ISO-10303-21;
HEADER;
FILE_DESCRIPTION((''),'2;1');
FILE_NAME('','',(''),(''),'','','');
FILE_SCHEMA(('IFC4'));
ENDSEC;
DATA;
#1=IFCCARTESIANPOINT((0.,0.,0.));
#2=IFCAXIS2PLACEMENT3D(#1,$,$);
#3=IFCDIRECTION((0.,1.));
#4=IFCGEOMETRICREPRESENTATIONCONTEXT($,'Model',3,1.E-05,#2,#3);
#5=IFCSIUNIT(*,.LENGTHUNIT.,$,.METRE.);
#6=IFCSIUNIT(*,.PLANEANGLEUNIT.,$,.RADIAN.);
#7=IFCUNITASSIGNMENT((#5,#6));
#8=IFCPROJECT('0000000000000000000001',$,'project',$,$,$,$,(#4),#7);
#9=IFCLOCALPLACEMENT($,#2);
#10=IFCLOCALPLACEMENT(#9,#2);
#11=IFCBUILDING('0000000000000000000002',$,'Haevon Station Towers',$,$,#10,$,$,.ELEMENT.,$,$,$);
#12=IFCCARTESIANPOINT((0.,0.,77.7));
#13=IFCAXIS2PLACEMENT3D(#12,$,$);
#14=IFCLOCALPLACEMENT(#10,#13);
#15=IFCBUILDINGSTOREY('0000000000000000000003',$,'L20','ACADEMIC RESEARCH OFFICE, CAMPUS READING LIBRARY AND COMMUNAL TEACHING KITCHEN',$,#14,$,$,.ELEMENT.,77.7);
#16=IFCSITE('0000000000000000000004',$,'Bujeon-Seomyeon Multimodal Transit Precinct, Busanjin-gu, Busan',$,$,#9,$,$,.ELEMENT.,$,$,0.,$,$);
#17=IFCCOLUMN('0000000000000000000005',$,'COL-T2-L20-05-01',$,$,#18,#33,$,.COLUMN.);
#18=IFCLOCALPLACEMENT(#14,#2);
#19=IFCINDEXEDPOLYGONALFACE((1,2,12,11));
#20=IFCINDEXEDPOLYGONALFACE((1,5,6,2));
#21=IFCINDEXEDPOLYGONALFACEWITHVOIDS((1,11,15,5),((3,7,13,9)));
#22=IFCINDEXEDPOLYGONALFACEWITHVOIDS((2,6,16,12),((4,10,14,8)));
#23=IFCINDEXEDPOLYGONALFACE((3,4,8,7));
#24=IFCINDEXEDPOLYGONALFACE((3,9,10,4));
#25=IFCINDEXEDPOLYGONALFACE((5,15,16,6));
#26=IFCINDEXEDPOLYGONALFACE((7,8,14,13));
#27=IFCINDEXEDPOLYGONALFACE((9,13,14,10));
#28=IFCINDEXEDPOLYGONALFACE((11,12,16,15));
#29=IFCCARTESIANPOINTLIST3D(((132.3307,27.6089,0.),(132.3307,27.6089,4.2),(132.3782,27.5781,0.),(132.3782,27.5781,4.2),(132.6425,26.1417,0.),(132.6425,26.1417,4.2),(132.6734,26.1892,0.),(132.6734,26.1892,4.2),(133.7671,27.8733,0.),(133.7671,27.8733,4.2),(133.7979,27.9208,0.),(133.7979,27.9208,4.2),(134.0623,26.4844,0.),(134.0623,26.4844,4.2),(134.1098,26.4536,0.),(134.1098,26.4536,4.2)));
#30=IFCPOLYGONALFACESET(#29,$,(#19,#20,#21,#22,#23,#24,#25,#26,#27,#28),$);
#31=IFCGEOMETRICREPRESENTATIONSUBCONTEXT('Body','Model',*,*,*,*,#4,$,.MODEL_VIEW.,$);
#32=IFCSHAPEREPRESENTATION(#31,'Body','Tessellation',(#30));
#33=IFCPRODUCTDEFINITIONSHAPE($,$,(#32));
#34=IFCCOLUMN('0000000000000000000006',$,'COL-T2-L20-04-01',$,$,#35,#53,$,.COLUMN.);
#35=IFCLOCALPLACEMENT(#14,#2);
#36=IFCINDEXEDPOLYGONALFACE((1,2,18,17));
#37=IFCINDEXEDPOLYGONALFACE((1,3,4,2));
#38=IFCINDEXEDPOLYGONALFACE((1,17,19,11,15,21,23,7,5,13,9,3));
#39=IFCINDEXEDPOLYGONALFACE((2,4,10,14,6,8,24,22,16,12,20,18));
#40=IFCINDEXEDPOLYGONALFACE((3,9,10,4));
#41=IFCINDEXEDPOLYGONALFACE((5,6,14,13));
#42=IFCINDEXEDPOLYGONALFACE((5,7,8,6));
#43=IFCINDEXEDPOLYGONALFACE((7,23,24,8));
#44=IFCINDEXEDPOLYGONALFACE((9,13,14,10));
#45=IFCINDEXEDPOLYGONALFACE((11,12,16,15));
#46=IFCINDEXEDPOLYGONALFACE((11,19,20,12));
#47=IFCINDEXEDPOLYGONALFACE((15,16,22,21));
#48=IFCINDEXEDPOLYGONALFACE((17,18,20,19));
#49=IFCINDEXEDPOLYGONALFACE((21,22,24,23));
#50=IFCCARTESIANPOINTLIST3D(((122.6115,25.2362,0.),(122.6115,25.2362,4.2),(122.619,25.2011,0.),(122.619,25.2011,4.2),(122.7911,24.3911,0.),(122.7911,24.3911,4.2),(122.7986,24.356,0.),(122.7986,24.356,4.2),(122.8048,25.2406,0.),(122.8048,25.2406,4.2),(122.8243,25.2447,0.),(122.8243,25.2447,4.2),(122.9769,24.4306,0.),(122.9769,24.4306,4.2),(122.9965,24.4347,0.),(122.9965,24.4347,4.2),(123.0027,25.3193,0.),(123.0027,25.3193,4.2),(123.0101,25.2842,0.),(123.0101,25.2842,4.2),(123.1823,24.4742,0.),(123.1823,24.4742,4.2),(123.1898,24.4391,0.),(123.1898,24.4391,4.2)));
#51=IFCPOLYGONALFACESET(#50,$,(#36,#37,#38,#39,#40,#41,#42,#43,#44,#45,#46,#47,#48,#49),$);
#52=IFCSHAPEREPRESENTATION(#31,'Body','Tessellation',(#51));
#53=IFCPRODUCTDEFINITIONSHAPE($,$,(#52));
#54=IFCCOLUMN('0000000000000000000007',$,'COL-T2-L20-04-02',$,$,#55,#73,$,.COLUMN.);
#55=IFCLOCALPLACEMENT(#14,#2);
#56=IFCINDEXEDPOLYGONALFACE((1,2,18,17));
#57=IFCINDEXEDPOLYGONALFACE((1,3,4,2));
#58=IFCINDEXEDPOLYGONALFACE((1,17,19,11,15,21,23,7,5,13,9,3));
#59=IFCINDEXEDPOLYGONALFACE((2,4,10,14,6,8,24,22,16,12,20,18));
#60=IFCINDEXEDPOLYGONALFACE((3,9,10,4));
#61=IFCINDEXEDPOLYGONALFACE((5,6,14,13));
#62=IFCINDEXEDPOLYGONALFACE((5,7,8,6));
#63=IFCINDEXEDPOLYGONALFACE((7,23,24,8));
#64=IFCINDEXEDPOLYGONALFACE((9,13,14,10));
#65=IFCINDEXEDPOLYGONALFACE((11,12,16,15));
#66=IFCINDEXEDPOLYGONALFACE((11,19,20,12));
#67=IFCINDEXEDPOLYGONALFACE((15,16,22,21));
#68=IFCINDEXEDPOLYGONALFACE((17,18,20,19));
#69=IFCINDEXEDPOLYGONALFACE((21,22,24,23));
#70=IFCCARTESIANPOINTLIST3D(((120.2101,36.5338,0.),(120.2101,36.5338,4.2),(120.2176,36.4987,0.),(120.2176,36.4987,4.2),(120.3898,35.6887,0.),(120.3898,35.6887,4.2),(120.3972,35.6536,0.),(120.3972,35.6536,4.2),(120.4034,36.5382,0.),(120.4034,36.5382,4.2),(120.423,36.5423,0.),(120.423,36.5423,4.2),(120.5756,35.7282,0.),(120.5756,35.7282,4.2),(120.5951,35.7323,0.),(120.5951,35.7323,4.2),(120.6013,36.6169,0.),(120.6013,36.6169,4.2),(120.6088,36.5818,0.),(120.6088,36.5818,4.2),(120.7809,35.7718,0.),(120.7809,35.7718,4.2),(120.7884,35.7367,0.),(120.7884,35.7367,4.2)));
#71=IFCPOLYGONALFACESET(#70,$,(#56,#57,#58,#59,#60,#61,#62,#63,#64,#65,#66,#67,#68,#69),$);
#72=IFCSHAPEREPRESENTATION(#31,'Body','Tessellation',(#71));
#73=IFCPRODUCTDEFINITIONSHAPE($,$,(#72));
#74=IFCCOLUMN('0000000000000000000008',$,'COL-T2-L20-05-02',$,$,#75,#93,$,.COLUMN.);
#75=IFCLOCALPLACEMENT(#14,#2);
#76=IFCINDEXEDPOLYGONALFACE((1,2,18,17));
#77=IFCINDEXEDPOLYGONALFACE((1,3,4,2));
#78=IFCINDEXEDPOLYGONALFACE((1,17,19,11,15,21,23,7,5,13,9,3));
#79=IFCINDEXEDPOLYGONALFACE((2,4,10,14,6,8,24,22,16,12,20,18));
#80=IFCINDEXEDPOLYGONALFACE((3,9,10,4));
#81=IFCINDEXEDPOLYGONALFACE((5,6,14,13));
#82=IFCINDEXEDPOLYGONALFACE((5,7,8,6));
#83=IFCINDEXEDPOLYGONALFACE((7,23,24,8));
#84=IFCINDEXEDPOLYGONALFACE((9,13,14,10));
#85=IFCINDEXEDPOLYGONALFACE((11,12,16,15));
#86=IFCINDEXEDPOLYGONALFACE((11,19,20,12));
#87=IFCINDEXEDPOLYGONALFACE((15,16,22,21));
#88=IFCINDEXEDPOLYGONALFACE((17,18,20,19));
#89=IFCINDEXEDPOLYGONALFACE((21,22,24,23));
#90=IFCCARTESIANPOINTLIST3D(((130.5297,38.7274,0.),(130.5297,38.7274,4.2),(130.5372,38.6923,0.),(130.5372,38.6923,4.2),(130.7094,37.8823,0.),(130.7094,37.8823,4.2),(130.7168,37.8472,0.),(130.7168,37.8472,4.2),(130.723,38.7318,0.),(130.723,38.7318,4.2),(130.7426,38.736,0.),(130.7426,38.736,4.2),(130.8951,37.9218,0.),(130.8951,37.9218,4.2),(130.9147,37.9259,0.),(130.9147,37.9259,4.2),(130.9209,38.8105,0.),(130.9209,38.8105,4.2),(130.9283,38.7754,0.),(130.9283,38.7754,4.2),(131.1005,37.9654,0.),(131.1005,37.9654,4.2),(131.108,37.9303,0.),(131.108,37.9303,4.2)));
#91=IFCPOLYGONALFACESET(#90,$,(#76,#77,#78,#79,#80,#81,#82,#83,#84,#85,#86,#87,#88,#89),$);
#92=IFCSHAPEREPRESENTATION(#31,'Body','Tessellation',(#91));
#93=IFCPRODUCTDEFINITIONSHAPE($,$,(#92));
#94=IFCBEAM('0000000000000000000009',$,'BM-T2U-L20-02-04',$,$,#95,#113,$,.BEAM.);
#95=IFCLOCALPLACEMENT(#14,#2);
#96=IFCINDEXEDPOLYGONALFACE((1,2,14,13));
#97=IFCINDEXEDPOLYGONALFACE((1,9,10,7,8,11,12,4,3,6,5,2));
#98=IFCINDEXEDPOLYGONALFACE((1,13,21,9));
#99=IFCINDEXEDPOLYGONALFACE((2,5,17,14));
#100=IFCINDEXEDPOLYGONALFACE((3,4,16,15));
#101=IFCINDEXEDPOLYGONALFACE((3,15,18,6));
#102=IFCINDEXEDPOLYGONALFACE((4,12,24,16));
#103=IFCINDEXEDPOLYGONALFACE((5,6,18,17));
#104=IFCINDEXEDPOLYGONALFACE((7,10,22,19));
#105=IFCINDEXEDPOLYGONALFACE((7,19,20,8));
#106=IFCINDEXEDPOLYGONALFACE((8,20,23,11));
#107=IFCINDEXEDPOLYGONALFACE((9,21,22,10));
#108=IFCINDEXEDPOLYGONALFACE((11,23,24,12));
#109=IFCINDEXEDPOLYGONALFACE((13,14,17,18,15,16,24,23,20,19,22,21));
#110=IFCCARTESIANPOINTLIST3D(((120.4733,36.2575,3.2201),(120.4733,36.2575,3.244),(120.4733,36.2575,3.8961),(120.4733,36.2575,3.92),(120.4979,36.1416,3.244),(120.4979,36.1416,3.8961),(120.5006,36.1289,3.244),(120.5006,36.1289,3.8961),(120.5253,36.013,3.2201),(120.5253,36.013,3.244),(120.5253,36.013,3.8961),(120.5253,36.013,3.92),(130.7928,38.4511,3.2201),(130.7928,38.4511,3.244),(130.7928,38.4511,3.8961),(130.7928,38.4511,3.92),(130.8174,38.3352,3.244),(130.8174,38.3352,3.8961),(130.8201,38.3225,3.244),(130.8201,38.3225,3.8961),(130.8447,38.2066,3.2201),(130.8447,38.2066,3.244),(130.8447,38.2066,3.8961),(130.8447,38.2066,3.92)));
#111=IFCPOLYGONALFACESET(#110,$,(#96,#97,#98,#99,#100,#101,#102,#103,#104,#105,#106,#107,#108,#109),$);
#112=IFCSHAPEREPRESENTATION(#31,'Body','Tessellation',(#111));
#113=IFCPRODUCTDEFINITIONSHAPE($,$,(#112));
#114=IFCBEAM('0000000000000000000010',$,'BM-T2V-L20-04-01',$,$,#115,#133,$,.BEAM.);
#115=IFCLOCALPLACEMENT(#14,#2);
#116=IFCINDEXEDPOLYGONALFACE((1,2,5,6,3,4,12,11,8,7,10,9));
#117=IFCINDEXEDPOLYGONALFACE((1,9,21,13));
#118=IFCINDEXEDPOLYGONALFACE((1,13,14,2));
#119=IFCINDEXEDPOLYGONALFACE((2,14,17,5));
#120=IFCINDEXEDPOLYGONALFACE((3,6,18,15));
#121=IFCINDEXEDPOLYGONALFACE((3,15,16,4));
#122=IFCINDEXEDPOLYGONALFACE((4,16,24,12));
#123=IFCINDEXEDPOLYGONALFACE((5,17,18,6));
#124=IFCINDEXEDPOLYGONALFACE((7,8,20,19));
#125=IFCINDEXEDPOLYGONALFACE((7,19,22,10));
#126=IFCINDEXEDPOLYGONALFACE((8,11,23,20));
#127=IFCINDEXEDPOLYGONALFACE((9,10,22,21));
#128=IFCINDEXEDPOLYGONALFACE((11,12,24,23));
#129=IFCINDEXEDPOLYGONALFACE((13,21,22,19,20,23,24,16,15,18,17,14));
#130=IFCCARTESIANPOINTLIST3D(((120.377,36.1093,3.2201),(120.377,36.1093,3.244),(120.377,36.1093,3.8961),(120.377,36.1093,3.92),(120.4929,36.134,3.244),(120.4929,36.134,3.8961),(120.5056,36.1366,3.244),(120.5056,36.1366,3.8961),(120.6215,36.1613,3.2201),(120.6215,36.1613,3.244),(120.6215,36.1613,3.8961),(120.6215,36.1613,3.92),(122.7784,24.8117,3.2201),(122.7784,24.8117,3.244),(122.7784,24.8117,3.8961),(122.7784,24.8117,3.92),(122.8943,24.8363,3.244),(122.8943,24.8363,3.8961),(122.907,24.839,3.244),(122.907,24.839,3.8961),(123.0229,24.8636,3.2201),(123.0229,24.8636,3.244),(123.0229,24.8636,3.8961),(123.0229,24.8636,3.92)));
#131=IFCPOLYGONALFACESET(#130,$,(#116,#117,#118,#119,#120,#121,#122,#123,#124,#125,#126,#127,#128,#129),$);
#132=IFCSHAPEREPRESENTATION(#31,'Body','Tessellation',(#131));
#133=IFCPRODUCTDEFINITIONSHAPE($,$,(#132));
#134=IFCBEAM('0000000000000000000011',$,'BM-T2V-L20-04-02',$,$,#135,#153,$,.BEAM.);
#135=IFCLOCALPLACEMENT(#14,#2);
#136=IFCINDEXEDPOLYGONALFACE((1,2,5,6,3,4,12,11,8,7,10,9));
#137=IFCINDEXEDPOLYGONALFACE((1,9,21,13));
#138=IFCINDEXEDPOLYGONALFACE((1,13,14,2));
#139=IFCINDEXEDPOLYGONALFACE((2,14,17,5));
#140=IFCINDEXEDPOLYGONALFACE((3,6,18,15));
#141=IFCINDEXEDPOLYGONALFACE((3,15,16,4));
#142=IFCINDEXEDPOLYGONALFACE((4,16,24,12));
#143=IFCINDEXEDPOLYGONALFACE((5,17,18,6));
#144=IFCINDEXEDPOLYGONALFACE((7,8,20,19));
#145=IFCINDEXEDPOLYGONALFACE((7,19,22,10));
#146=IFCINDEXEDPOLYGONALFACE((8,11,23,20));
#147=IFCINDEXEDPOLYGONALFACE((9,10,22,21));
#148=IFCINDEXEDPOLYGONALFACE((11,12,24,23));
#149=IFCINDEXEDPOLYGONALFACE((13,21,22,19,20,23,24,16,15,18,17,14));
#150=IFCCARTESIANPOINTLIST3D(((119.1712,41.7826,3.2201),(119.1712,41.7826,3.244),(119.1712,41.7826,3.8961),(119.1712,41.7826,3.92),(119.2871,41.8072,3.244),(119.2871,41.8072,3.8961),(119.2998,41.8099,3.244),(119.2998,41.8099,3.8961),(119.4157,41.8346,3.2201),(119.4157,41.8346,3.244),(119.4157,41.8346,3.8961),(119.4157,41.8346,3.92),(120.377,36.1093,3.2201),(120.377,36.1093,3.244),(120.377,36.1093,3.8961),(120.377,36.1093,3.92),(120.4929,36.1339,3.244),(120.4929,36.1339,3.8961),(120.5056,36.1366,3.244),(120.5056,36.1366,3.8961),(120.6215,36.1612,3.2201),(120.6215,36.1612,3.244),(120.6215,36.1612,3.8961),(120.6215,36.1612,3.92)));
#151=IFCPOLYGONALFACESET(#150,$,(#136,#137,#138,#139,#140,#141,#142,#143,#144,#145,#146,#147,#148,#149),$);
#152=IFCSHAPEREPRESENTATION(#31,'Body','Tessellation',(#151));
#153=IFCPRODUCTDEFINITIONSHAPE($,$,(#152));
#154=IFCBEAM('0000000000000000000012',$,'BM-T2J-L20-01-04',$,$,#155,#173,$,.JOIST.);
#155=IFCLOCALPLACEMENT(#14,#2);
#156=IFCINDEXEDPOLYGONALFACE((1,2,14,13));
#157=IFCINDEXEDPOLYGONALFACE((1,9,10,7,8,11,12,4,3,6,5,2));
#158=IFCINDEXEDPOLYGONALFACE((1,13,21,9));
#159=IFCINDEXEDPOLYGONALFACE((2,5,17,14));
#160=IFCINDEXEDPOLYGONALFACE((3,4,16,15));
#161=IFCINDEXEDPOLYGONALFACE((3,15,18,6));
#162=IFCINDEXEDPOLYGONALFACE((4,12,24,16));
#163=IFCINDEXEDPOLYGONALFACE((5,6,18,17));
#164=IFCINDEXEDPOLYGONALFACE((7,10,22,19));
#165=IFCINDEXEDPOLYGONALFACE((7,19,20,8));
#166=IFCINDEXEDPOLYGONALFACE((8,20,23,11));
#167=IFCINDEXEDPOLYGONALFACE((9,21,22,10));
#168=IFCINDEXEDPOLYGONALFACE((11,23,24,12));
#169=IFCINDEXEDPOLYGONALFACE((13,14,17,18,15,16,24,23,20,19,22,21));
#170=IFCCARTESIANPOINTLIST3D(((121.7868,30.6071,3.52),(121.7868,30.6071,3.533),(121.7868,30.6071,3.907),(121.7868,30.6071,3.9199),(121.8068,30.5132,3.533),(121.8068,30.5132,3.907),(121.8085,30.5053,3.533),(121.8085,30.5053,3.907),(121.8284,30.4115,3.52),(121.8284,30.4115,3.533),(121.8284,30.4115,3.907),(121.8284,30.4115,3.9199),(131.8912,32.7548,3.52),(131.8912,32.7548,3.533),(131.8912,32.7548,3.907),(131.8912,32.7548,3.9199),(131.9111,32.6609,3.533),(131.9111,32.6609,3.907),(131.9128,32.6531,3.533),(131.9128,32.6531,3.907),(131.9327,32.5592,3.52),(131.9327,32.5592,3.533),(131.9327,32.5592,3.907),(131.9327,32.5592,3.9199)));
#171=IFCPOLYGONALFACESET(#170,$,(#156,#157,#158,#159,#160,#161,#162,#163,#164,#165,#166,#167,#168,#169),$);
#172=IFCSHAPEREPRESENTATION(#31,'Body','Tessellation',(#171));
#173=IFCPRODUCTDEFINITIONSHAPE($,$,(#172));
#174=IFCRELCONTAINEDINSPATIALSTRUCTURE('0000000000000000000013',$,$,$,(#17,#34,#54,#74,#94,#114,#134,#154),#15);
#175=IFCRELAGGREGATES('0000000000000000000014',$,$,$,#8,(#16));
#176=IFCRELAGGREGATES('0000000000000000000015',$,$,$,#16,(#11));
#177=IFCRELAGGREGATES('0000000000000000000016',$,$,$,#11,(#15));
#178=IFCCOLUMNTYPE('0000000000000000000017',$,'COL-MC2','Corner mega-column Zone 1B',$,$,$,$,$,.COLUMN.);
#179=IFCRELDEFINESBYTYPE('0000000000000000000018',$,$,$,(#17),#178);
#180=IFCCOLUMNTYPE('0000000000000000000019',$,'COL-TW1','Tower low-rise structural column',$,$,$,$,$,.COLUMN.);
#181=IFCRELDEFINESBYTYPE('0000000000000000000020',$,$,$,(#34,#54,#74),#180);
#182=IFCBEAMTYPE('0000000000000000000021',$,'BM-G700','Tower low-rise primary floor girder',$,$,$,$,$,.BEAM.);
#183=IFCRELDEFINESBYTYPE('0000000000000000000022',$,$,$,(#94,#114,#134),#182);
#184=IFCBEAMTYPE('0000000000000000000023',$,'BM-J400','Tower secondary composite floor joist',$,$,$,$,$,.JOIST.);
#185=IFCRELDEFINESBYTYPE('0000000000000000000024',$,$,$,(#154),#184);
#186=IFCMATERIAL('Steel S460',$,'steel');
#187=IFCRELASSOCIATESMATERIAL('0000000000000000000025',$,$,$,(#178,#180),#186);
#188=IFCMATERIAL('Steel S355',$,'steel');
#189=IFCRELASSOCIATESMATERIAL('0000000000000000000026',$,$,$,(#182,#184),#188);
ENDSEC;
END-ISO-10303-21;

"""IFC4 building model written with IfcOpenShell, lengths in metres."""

from ifc_helpers import new_model, si_unit, direction, frame, origin, origin_2d, place, context, subcontext, project, spatial, hollow_rectangle, i_section, extrude, material, material_profile, profile_set, type_object, element, save


model = new_model("IFC4")

# Units and contexts
model_context = context("Model", 3, precision=1e-05, world=origin(), true_north=direction((0.0, 1.0)))
body_context = subcontext(model_context, "Body", "Model", "MODEL_VIEW")
ifc_project = project(units=[si_unit("LENGTHUNIT", "METRE"), si_unit("PLANEANGLEUNIT", "RADIAN")], contexts=[model_context])

# Site, building, storey
site_placement = place(None, origin())
site = spatial("IfcSite", under=ifc_project, at=site_placement, Name="Bujeon-Seomyeon Multimodal Transit Precinct, Busanjin-gu, Busan", CompositionType="ELEMENT", RefElevation=0.0)
building_placement = place(site_placement, origin())
building = spatial("IfcBuilding", under=site, at=building_placement, Name="Haevon Station Towers", CompositionType="ELEMENT")
storey_placement = place(building_placement, frame((0.0, 0.0, 77.7)))
storey = spatial("IfcBuildingStorey", under=building, at=storey_placement, Name="L20", Description="ACADEMIC RESEARCH OFFICE, CAMPUS READING LIBRARY AND COMMUNAL TEACHING KITCHEN", CompositionType="ELEMENT", Elevation=77.7)

# Columns
ifc_material_1 = material(Name="Steel S460", Category="steel")
ifc_material_profile_1 = material_profile(ifc_material_1, hollow_rectangle(XDim=1.5, YDim=1.5, WallThickness=0.04, at=origin_2d()), Name="BOX-1500x1500x40")
ifc_profile_set_1 = profile_set([ifc_material_profile_1], Name="Steel S460")
column_type_1 = type_object("IfcColumnType", Name="COL-MC2", Description="Corner mega-column Zone 1B", PredefinedType="COLUMN", material=ifc_profile_set_1)
column_placement = place(storey_placement, frame((133.2202, 27.0312, 0.0), z_axis=(0.0, 0.0, 1.0), x_axis=(0.978148, 0.207912, 0.0)))
element("IfcColumn", 1, at=column_placement, inside=storey, type_object=column_type_1, Name="COL-T2-L20-05-01", PredefinedType="COLUMN", context=body_context, shape_type="SweptSolid", body=[
    extrude(hollow_rectangle(XDim=1.5, YDim=1.5, WallThickness=0.04, at=origin_2d()), origin(), (0.0, 0.0, 1.0), 4.2),
])
ifc_material_profile_2 = material_profile(ifc_material_1, i_section(OverallWidth=0.3999, OverallDepth=0.8999, WebThickness=0.02, FlangeThickness=0.0359, at=origin_2d()), Name="H-900x400x20x36")
ifc_profile_set_2 = profile_set([ifc_material_profile_2], Name="Steel S460")
column_type_2 = type_object("IfcColumnType", Name="COL-TW1", Description="Tower low-rise structural column", PredefinedType="COLUMN", material=ifc_profile_set_2)
for number, where, z_axis, x_axis, name in (
    (2, (122.9006, 24.8376, 0.0), (0.0, 0.0, 1.0), (0.978148, 0.207912, 0.0), "COL-T2-L20-04-01"),
    (3, (120.4993, 36.1353, 0.0), (0.0, 0.0, 1.0), (0.978148, 0.207912, 0.0), "COL-T2-L20-04-02"),
    (4, (130.8188, 38.3289, 0.0), (0.0, 0.0, 1.0), (0.978148, 0.207912, 0.0), "COL-T2-L20-05-02"),
):
    element("IfcColumn", number, at=place(storey_placement, frame(where, z_axis=z_axis, x_axis=x_axis)), inside=storey, type_object=column_type_2, Name=name, PredefinedType="COLUMN", context=body_context, shape_type="SweptSolid", body=[
        extrude(i_section(OverallWidth=0.3999, OverallDepth=0.8999, WebThickness=0.02, FlangeThickness=0.0359, at=origin_2d()), origin(), (0.0, 0.0, 1.0), 4.2),
    ])

# Beams
ifc_material_2 = material(Name="Steel S355", Category="steel")
ifc_material_profile_3 = material_profile(ifc_material_2, i_section(OverallWidth=0.25, OverallDepth=0.7, WebThickness=0.0129, FlangeThickness=0.0239, at=origin_2d()), Name="H-700x250x13x24")
ifc_profile_set_3 = profile_set([ifc_material_profile_3], Name="Steel S355")
beam_type_1 = type_object("IfcBeamType", Name="BM-G700", Description="Tower low-rise primary floor girder", PredefinedType="BEAM", material=ifc_profile_set_3)
beam_1_placement = place(storey_placement, frame((120.4993, 36.1353, 3.5701), z_axis=(0.978145, 0.207922, 0.0), x_axis=(-0.207922, 0.978145, 0.0)))
element("IfcBeam", 5, at=beam_1_placement, inside=storey, type_object=beam_type_1, Name="BM-T2U-L20-02-04", PredefinedType="BEAM", context=body_context, shape_type="SweptSolid", body=[
    extrude(i_section(OverallWidth=0.25, OverallDepth=0.7, WebThickness=0.0129, FlangeThickness=0.0239, at=origin_2d()), origin(), (0.0, 0.0, 1.0), 10.55),
])
beam_2_placement = place(storey_placement, frame((122.9006, 24.8376, 3.5701), z_axis=(-0.207911, 0.978148, 0.0), x_axis=(-0.978148, -0.207911, 0.0)))
element("IfcBeam", 6, at=beam_2_placement, inside=storey, type_object=beam_type_1, Name="BM-T2V-L20-04-01", PredefinedType="BEAM", context=body_context, shape_type="SweptSolid", body=[
    extrude(i_section(OverallWidth=0.25, OverallDepth=0.7, WebThickness=0.0129, FlangeThickness=0.0239, at=origin_2d()), origin(), (0.0, 0.0, 1.0), 11.55),
])
beam_3_placement = place(storey_placement, frame((120.4993, 36.1353, 3.5701), z_axis=(-0.207896, 0.978151, 0.0), x_axis=(-0.978151, -0.207896, 0.0)))
element("IfcBeam", 7, at=beam_3_placement, inside=storey, type_object=beam_type_1, Name="BM-T2V-L20-04-02", PredefinedType="BEAM", context=body_context, shape_type="SweptSolid", body=[
    extrude(i_section(OverallWidth=0.25, OverallDepth=0.7, WebThickness=0.0129, FlangeThickness=0.0239, at=origin_2d()), origin(), (0.0, 0.0, 1.0), 5.8),
])
ifc_material_profile_4 = material_profile(ifc_material_2, i_section(OverallWidth=0.2, OverallDepth=0.3999, WebThickness=0.0081, FlangeThickness=0.0129, at=origin_2d()), Name="H-400x200x8x13")
ifc_profile_set_4 = profile_set([ifc_material_profile_4], Name="Steel S355")
beam_type_2 = type_object("IfcBeamType", Name="BM-J400", Description="Tower secondary composite floor joist", PredefinedType="JOIST", material=ifc_profile_set_4)
beam_4_placement = place(storey_placement, frame((121.8076, 30.5093, 3.72), z_axis=(0.978148, 0.20791, 0.0), x_axis=(-0.20791, 0.978148, 0.0)))
element("IfcBeam", 8, at=beam_4_placement, inside=storey, type_object=beam_type_2, Name="BM-T2J-L20-01-04", PredefinedType="JOIST", context=body_context, shape_type="SweptSolid", body=[
    extrude(i_section(OverallWidth=0.2, OverallDepth=0.3999, WebThickness=0.0081, FlangeThickness=0.0129, at=origin_2d()), origin(), (0.0, 0.0, 1.0), 10.3301),
])

save(model, "model.ifc")
